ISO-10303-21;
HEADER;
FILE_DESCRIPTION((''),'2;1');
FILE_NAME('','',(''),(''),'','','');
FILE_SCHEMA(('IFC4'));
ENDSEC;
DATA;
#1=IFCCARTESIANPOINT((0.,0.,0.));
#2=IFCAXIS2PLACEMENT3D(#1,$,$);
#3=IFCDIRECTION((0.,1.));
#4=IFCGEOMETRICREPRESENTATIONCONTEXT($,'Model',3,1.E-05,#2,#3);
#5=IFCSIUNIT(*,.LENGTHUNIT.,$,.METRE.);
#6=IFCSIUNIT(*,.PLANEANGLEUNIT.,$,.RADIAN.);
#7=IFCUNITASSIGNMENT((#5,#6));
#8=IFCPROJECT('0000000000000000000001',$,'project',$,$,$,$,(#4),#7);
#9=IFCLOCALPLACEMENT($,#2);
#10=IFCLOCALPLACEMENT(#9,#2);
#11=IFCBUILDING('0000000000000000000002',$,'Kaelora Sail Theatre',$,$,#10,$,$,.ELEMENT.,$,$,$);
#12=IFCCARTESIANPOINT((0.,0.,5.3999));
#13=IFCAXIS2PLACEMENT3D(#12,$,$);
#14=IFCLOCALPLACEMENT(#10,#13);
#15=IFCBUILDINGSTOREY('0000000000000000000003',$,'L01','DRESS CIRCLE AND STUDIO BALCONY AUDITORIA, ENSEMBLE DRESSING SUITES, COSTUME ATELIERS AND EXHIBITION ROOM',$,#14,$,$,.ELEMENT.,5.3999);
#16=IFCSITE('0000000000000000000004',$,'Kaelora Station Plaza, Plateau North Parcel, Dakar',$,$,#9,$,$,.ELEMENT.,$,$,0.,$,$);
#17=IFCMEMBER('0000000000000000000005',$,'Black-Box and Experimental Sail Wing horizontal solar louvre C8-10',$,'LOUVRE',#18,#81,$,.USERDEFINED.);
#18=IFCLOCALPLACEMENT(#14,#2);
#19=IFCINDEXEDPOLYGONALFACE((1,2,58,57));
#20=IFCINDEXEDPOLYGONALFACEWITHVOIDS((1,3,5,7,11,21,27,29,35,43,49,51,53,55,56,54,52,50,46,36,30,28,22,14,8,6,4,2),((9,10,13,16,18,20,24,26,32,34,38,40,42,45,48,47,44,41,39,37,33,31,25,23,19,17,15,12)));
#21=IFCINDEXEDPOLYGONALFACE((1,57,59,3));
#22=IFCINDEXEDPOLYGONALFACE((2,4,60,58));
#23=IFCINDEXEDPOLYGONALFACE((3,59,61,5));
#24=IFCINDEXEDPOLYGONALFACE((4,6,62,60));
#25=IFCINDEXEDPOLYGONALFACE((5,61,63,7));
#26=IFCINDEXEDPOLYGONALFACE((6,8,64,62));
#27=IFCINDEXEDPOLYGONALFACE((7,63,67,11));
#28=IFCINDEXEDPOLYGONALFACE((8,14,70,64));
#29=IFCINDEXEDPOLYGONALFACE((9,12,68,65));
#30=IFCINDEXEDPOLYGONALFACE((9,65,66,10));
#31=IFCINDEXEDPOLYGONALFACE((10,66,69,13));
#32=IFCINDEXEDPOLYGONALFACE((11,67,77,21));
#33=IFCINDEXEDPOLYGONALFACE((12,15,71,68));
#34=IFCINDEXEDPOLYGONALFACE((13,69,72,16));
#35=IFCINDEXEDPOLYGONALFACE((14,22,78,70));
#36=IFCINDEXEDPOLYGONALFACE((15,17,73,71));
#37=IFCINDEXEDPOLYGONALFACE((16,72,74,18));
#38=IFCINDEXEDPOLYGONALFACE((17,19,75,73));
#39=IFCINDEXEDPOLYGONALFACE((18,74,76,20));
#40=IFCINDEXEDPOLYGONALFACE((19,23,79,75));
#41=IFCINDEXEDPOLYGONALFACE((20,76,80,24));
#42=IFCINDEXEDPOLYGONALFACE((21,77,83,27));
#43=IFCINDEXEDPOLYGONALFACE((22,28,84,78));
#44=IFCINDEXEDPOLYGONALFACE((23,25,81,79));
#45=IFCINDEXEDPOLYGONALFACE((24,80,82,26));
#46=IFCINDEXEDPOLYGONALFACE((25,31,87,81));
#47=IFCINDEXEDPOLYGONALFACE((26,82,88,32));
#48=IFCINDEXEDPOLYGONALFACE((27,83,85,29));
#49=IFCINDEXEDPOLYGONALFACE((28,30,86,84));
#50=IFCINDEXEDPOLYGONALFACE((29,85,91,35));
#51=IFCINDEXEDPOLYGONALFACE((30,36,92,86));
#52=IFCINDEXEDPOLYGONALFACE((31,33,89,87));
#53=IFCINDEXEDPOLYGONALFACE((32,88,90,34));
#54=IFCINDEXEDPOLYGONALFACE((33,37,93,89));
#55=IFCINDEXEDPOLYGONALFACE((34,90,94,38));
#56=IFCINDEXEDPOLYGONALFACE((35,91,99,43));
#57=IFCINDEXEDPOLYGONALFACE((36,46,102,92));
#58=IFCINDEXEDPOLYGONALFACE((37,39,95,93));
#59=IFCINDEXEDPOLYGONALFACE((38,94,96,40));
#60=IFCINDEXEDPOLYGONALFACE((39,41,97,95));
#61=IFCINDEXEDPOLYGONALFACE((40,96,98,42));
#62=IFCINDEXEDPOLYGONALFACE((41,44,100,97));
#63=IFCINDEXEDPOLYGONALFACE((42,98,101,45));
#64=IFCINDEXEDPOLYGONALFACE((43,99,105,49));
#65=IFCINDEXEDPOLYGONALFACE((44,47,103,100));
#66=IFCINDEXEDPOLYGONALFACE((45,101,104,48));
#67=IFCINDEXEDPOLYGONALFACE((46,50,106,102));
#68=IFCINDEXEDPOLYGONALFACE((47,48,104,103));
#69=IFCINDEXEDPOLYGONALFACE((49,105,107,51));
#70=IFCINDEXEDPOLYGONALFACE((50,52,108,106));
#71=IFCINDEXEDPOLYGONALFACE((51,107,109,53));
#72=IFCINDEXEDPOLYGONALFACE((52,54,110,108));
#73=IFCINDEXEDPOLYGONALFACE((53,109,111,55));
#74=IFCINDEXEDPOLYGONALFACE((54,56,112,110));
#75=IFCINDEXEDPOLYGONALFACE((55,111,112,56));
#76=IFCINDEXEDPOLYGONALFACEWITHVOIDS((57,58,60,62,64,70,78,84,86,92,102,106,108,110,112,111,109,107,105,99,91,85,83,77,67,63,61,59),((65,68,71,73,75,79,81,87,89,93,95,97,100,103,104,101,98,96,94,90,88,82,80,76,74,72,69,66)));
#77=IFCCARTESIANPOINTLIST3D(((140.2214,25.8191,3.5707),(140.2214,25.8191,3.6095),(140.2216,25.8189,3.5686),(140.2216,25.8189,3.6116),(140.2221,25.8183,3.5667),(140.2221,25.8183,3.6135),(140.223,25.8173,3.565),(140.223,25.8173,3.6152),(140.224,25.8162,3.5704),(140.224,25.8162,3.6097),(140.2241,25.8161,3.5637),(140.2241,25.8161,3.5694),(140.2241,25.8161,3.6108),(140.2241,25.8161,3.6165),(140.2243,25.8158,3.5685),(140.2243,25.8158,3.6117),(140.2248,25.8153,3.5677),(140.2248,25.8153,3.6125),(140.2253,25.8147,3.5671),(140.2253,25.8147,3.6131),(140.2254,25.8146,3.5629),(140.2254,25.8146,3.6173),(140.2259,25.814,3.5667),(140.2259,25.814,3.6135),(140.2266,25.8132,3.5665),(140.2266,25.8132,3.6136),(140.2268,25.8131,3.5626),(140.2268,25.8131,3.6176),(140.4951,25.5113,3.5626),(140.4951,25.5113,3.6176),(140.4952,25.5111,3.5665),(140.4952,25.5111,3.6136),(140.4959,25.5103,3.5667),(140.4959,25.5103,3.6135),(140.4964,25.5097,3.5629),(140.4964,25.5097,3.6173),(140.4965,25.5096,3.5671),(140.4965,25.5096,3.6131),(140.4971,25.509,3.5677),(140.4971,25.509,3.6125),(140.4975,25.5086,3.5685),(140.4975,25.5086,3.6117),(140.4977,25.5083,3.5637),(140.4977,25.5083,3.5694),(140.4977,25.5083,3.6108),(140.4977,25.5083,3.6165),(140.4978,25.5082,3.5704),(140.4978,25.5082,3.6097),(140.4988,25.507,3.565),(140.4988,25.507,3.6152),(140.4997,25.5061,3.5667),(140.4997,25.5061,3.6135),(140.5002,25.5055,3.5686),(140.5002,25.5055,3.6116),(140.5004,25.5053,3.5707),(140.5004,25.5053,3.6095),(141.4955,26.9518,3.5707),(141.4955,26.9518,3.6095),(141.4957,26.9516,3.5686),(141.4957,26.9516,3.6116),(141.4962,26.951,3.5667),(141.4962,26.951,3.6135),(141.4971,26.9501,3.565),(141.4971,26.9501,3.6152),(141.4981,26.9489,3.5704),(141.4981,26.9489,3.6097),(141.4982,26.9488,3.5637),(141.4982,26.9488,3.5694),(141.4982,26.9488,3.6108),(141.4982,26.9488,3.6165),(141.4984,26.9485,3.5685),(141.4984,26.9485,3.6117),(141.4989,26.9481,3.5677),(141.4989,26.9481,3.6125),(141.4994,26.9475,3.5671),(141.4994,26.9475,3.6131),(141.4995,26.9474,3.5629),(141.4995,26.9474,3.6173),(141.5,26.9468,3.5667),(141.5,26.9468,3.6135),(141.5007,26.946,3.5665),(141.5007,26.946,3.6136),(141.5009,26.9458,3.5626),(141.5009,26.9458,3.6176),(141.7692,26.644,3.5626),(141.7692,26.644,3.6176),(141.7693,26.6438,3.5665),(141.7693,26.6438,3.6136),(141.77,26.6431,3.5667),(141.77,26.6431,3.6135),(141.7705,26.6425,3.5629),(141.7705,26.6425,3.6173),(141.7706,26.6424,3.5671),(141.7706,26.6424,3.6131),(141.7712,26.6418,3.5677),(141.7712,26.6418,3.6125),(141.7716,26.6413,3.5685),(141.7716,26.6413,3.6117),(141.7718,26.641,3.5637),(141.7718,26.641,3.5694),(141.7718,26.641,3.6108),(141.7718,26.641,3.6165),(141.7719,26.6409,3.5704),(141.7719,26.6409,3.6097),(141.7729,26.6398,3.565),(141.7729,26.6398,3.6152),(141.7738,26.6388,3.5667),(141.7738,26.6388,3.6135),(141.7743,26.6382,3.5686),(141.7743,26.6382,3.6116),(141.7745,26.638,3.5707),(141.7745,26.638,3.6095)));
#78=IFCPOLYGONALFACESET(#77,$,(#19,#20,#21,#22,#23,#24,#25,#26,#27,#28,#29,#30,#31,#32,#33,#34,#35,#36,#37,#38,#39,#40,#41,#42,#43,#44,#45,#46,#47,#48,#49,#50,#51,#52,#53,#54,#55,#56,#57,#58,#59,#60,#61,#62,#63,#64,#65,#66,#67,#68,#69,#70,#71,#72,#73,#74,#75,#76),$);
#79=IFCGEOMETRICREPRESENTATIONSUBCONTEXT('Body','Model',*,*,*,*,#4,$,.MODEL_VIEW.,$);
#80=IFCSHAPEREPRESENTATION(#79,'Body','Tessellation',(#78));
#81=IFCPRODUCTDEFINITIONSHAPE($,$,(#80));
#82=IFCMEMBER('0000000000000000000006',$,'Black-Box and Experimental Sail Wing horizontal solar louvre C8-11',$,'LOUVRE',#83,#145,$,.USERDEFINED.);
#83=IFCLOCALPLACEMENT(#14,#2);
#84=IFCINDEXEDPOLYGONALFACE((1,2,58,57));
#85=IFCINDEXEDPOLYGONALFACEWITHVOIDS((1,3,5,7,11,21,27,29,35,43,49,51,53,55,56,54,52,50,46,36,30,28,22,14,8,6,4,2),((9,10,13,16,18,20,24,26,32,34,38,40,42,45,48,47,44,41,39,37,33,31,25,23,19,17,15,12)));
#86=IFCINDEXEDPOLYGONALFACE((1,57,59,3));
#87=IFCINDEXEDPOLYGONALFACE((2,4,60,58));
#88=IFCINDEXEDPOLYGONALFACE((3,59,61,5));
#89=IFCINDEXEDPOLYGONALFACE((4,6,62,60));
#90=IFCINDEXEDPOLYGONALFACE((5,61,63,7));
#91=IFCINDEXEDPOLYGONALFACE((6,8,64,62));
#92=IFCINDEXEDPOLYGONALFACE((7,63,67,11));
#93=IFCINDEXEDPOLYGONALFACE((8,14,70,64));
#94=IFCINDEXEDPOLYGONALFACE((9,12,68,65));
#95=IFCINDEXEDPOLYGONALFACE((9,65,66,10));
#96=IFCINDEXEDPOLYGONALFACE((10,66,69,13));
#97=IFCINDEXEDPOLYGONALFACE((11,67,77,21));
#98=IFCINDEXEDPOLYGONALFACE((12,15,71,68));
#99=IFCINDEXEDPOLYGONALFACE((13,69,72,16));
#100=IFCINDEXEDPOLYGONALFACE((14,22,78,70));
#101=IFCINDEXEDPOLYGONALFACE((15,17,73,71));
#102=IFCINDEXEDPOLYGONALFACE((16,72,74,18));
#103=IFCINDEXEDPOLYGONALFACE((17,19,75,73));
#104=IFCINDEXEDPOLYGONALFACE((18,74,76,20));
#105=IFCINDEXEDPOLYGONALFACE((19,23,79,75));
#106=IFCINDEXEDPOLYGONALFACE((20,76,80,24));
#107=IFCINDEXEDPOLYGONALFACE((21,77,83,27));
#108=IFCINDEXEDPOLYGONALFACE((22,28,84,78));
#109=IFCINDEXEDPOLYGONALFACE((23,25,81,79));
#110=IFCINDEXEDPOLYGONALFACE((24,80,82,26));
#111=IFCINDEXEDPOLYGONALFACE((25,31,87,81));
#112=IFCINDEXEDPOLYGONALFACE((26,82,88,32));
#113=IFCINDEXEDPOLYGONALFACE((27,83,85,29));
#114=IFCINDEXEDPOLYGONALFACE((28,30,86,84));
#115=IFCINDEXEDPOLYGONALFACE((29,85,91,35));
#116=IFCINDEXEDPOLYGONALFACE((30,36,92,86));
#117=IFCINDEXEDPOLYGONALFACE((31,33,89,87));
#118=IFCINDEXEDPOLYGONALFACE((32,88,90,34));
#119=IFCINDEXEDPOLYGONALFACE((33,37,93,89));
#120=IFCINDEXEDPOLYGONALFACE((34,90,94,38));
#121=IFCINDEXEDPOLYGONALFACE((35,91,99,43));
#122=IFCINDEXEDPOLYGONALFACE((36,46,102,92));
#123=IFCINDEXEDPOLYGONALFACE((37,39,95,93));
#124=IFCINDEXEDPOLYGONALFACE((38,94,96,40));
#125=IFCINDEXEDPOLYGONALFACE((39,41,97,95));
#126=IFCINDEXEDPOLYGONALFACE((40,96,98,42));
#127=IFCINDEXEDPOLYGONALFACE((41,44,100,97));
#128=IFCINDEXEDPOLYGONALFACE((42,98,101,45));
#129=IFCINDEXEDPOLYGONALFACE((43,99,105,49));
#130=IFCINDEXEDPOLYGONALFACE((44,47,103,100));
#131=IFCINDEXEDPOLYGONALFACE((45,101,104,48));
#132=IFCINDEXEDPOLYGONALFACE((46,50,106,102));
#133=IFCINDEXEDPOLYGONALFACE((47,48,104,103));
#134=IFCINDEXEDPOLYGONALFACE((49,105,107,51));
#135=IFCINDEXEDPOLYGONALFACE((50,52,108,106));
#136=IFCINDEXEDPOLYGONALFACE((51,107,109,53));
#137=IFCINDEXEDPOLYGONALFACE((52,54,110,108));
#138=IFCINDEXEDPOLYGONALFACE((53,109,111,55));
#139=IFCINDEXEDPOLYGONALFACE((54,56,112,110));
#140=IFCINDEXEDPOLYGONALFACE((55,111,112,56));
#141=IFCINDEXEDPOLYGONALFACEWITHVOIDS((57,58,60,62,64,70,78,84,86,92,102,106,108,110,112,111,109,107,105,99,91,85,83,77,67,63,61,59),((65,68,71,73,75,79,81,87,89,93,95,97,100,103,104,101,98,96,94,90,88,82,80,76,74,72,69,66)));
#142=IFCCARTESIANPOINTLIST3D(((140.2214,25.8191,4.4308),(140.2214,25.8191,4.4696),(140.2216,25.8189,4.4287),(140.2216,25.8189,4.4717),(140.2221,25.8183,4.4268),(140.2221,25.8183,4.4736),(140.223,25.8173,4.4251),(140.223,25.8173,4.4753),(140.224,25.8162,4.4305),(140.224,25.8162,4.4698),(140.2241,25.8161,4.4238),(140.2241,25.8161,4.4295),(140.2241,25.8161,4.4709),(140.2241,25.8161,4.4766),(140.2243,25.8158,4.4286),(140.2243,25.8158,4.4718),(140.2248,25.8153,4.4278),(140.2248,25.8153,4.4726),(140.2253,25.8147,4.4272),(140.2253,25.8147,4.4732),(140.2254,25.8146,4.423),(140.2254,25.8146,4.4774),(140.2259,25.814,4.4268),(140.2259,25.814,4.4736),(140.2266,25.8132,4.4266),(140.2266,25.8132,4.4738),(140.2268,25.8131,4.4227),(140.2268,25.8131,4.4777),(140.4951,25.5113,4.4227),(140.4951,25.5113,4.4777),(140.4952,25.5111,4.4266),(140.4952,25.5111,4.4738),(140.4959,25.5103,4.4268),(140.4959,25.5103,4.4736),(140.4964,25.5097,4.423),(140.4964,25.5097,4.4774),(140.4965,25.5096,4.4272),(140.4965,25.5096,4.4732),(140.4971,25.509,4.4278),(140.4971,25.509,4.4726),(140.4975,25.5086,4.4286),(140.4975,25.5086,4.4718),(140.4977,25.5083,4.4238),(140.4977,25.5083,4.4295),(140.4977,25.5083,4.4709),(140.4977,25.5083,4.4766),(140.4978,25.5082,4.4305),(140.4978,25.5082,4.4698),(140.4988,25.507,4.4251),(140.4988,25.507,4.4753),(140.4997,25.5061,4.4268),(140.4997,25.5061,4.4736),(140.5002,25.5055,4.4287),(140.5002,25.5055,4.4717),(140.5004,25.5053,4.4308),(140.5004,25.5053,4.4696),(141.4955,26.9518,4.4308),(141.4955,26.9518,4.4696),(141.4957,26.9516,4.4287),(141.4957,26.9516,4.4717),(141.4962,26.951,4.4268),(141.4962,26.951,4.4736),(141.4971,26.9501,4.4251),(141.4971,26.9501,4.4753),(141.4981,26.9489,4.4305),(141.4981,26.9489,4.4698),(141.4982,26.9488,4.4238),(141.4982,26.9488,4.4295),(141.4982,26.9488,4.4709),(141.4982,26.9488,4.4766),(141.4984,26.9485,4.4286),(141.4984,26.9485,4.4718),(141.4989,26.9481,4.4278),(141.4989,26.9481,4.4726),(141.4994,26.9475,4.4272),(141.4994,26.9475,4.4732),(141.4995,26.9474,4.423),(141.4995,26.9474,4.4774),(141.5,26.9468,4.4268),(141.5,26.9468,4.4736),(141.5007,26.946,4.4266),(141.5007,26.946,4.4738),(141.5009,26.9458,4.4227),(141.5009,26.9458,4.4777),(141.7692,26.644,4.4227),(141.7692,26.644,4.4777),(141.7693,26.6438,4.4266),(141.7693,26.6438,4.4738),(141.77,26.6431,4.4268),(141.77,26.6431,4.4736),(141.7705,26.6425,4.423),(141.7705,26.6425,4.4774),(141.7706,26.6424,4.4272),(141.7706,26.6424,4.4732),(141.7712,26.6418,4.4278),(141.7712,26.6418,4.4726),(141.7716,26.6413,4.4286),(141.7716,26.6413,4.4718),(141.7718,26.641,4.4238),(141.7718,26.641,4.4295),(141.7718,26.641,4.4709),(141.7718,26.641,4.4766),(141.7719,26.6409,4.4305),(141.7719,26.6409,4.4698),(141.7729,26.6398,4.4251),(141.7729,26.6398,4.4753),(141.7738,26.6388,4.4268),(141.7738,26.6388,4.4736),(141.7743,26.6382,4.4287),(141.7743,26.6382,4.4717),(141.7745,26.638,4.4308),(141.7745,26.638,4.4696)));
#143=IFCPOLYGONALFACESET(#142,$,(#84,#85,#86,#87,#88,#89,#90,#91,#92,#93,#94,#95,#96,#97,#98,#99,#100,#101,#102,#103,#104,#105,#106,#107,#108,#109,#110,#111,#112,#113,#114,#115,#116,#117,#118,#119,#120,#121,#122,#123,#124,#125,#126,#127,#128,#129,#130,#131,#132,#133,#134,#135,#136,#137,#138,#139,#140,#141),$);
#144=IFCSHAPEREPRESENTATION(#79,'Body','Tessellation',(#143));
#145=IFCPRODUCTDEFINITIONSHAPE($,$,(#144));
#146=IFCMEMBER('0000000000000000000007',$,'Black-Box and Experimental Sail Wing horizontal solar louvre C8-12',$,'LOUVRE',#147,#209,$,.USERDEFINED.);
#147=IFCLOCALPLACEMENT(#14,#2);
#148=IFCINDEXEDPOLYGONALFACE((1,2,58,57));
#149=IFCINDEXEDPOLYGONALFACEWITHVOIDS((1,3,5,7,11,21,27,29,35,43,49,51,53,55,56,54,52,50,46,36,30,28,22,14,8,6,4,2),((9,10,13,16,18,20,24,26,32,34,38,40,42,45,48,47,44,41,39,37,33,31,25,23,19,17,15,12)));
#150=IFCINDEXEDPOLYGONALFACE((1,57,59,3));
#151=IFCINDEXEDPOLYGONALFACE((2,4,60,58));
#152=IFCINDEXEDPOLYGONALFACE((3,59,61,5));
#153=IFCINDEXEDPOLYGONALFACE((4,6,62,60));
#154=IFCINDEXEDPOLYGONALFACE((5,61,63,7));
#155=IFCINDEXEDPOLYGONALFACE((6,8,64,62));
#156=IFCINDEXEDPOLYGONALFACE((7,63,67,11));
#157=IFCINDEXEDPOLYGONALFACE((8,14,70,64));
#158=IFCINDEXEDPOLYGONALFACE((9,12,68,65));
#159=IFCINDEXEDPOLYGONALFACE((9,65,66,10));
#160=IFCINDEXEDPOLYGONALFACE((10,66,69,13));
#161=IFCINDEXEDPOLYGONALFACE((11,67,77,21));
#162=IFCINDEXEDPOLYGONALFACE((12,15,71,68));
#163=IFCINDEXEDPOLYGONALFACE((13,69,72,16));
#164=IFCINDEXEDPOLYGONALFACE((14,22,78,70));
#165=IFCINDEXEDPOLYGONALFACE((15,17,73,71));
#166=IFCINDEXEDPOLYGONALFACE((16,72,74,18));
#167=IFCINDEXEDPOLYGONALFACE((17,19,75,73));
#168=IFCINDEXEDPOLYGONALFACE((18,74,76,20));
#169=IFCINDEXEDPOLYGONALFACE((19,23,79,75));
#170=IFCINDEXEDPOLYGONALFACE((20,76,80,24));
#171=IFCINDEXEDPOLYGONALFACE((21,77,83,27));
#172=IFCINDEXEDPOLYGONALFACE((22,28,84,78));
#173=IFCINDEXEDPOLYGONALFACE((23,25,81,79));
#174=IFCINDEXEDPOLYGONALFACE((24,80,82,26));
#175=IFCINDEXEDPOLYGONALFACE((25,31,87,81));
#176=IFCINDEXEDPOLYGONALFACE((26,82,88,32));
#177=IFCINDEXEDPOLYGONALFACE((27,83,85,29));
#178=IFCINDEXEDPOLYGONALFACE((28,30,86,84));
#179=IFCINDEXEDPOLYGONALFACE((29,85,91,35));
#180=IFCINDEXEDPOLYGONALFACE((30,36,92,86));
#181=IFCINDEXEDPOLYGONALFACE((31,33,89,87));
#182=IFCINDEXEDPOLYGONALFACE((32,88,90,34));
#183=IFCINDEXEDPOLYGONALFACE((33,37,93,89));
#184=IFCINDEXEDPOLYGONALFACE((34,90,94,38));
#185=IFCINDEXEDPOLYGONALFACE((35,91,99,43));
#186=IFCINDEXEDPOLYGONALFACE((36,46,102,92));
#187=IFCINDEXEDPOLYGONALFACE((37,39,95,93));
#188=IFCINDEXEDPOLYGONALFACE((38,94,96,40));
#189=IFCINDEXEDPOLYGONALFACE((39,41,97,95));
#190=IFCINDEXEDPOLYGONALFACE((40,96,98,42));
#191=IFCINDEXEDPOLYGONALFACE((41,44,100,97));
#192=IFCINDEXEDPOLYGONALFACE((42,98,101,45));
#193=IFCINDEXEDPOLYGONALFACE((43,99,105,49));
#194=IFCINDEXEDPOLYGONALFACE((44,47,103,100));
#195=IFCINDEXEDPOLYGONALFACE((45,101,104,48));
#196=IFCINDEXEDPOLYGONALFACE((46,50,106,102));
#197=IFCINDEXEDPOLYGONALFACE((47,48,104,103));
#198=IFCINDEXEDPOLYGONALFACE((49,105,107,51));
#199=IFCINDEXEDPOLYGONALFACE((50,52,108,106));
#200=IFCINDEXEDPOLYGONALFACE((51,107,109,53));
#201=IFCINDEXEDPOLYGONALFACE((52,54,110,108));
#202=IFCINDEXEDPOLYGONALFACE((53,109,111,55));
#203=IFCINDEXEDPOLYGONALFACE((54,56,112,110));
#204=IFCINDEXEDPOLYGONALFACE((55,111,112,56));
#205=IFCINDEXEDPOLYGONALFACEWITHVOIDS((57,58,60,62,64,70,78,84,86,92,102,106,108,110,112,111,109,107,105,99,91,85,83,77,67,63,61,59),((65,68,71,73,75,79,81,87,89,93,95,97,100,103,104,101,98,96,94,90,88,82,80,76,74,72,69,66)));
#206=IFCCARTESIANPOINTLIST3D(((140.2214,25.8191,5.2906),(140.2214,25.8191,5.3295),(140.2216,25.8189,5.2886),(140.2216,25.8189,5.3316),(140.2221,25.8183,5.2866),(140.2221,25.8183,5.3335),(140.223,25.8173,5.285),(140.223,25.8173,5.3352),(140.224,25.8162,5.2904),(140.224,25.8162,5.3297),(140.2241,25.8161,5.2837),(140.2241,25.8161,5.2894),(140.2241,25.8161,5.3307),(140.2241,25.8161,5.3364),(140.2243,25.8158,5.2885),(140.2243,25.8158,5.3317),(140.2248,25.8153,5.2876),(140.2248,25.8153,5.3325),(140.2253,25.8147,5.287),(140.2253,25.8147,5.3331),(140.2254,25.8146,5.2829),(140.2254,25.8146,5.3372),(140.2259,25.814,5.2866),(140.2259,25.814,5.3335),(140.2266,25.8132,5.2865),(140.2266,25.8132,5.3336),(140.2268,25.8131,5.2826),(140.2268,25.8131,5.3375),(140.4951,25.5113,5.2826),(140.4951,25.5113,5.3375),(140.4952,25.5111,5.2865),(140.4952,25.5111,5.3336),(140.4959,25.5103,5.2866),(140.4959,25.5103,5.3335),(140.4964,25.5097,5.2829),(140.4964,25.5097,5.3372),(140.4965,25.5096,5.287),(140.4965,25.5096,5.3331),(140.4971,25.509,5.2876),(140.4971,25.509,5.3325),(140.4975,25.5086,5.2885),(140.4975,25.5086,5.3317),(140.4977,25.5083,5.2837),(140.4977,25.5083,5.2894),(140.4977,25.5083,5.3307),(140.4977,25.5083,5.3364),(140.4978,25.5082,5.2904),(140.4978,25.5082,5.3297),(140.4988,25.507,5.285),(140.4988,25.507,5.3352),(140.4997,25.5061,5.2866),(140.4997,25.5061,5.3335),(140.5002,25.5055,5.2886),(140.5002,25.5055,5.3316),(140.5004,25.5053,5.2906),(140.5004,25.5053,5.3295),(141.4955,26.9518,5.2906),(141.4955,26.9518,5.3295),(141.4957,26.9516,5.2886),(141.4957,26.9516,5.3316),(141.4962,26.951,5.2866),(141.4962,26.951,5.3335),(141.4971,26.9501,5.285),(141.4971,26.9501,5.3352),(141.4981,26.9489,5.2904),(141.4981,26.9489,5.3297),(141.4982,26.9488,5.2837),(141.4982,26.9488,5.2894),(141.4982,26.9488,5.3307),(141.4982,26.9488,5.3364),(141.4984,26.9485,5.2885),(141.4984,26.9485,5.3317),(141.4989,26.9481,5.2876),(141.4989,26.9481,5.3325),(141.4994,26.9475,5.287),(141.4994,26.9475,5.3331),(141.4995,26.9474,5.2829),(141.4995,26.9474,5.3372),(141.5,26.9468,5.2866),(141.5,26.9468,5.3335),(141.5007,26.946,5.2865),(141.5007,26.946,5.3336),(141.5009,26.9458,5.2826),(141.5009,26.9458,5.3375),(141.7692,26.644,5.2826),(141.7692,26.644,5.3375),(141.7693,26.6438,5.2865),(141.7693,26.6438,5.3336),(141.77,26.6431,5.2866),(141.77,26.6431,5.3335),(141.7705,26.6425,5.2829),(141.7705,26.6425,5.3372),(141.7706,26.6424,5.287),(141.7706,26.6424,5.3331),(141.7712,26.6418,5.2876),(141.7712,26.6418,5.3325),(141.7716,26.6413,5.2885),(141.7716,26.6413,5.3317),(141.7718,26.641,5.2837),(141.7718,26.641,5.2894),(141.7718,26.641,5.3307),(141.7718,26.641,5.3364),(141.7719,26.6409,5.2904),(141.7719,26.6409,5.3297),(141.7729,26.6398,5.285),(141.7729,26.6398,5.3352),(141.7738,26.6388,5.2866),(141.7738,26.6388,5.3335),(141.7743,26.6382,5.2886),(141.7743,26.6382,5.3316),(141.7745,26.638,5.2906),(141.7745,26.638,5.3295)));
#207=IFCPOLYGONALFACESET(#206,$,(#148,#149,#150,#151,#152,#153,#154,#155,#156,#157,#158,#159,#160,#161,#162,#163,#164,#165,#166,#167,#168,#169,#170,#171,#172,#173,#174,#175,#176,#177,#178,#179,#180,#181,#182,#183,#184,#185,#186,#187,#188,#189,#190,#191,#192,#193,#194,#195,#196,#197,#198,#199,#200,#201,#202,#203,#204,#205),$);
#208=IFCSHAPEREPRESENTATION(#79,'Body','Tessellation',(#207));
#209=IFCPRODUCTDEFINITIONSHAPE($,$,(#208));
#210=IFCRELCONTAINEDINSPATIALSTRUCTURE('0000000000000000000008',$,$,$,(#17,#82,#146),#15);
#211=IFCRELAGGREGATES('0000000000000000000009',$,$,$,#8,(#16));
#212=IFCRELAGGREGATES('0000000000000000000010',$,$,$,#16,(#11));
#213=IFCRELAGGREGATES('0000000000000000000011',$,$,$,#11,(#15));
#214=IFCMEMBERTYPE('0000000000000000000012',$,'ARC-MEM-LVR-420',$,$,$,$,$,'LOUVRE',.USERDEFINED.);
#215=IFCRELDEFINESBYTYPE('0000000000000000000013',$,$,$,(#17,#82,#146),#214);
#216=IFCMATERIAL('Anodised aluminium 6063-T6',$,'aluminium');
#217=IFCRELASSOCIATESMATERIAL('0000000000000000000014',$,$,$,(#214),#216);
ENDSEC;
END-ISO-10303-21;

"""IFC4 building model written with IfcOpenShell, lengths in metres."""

from ifc_helpers import new_model, si_unit, direction, frame, origin, origin_2d, place, context, subcontext, project, spatial, hollow_rectangle, extrude, material, material_profile, profile_set, type_object, element, save


model = new_model("IFC4")

# Units and contexts
model_context = context("Model", 3, precision=1e-05, world=origin(), true_north=direction((0.0, 1.0)))
body_context = subcontext(model_context, "Body", "Model", "MODEL_VIEW")
ifc_project = project(units=[si_unit("LENGTHUNIT", "METRE"), si_unit("PLANEANGLEUNIT", "RADIAN")], contexts=[model_context])

# Site, building, storey
site_placement = place(None, origin())
site = spatial("IfcSite", under=ifc_project, at=site_placement, Name="Kaelora Station Plaza, Plateau North Parcel, Dakar", CompositionType="ELEMENT", RefElevation=0.0)
building_placement = place(site_placement, origin())
building = spatial("IfcBuilding", under=site, at=building_placement, Name="Kaelora Sail Theatre", CompositionType="ELEMENT")
storey_placement = place(building_placement, frame((0.0, 0.0, 5.3999)))
storey = spatial("IfcBuildingStorey", under=building, at=storey_placement, Name="L01", Description="DRESS CIRCLE AND STUDIO BALCONY AUDITORIA, ENSEMBLE DRESSING SUITES, COSTUME ATELIERS AND EXHIBITION ROOM", CompositionType="ELEMENT", Elevation=5.3999)

# Members
ifc_material_1 = material(Name="Anodised aluminium 6063-T6", Category="aluminium")
ifc_material_profile_1 = material_profile(ifc_material_1, hollow_rectangle(XDim=0.4199, YDim=0.0549, WallThickness=0.0039, InnerFilletRadius=0.0039, OuterFilletRadius=0.0081, at=origin_2d()), Name="LOUVRE 420x55x4")
ifc_profile_set_1 = profile_set([ifc_material_profile_1], Name="Anodised aluminium 6063-T6")
member_type = type_object("IfcMemberType", Name="ARC-MEM-LVR-420", ElementType="LOUVRE", PredefinedType="USERDEFINED", material=ifc_profile_set_1)
for number, where, z_axis, x_axis, name in (
    (1, (141.635, 26.7949, 3.5901), (-0.747346, -0.664435, 0.0), (0.664435, -0.747346, 0.0), "Black-Box and Experimental Sail Wing horizontal solar louvre C8-10"),
    (2, (141.635, 26.7949, 4.4502), (-0.747346, -0.664435, 0.0), (0.664435, -0.747346, 0.0), "Black-Box and Experimental Sail Wing horizontal solar louvre C8-11"),
    (3, (141.635, 26.7949, 5.3101), (-0.747346, -0.664435, 0.0), (0.664435, -0.747346, 0.0), "Black-Box and Experimental Sail Wing horizontal solar louvre C8-12"),
):
    element("IfcMember", number, at=place(storey_placement, frame(where, z_axis=z_axis, x_axis=x_axis)), inside=storey, type_object=member_type, Name=name, ObjectType="LOUVRE", PredefinedType="USERDEFINED", context=body_context, shape_type="SweptSolid", body=[
        extrude(hollow_rectangle(XDim=0.4199, YDim=0.0549, WallThickness=0.0039, InnerFilletRadius=0.0039, OuterFilletRadius=0.0081, at=origin_2d()), origin(), (0.0, 0.0, 1.0), 1.7048),
    ])

save(model, "model.ifc")
